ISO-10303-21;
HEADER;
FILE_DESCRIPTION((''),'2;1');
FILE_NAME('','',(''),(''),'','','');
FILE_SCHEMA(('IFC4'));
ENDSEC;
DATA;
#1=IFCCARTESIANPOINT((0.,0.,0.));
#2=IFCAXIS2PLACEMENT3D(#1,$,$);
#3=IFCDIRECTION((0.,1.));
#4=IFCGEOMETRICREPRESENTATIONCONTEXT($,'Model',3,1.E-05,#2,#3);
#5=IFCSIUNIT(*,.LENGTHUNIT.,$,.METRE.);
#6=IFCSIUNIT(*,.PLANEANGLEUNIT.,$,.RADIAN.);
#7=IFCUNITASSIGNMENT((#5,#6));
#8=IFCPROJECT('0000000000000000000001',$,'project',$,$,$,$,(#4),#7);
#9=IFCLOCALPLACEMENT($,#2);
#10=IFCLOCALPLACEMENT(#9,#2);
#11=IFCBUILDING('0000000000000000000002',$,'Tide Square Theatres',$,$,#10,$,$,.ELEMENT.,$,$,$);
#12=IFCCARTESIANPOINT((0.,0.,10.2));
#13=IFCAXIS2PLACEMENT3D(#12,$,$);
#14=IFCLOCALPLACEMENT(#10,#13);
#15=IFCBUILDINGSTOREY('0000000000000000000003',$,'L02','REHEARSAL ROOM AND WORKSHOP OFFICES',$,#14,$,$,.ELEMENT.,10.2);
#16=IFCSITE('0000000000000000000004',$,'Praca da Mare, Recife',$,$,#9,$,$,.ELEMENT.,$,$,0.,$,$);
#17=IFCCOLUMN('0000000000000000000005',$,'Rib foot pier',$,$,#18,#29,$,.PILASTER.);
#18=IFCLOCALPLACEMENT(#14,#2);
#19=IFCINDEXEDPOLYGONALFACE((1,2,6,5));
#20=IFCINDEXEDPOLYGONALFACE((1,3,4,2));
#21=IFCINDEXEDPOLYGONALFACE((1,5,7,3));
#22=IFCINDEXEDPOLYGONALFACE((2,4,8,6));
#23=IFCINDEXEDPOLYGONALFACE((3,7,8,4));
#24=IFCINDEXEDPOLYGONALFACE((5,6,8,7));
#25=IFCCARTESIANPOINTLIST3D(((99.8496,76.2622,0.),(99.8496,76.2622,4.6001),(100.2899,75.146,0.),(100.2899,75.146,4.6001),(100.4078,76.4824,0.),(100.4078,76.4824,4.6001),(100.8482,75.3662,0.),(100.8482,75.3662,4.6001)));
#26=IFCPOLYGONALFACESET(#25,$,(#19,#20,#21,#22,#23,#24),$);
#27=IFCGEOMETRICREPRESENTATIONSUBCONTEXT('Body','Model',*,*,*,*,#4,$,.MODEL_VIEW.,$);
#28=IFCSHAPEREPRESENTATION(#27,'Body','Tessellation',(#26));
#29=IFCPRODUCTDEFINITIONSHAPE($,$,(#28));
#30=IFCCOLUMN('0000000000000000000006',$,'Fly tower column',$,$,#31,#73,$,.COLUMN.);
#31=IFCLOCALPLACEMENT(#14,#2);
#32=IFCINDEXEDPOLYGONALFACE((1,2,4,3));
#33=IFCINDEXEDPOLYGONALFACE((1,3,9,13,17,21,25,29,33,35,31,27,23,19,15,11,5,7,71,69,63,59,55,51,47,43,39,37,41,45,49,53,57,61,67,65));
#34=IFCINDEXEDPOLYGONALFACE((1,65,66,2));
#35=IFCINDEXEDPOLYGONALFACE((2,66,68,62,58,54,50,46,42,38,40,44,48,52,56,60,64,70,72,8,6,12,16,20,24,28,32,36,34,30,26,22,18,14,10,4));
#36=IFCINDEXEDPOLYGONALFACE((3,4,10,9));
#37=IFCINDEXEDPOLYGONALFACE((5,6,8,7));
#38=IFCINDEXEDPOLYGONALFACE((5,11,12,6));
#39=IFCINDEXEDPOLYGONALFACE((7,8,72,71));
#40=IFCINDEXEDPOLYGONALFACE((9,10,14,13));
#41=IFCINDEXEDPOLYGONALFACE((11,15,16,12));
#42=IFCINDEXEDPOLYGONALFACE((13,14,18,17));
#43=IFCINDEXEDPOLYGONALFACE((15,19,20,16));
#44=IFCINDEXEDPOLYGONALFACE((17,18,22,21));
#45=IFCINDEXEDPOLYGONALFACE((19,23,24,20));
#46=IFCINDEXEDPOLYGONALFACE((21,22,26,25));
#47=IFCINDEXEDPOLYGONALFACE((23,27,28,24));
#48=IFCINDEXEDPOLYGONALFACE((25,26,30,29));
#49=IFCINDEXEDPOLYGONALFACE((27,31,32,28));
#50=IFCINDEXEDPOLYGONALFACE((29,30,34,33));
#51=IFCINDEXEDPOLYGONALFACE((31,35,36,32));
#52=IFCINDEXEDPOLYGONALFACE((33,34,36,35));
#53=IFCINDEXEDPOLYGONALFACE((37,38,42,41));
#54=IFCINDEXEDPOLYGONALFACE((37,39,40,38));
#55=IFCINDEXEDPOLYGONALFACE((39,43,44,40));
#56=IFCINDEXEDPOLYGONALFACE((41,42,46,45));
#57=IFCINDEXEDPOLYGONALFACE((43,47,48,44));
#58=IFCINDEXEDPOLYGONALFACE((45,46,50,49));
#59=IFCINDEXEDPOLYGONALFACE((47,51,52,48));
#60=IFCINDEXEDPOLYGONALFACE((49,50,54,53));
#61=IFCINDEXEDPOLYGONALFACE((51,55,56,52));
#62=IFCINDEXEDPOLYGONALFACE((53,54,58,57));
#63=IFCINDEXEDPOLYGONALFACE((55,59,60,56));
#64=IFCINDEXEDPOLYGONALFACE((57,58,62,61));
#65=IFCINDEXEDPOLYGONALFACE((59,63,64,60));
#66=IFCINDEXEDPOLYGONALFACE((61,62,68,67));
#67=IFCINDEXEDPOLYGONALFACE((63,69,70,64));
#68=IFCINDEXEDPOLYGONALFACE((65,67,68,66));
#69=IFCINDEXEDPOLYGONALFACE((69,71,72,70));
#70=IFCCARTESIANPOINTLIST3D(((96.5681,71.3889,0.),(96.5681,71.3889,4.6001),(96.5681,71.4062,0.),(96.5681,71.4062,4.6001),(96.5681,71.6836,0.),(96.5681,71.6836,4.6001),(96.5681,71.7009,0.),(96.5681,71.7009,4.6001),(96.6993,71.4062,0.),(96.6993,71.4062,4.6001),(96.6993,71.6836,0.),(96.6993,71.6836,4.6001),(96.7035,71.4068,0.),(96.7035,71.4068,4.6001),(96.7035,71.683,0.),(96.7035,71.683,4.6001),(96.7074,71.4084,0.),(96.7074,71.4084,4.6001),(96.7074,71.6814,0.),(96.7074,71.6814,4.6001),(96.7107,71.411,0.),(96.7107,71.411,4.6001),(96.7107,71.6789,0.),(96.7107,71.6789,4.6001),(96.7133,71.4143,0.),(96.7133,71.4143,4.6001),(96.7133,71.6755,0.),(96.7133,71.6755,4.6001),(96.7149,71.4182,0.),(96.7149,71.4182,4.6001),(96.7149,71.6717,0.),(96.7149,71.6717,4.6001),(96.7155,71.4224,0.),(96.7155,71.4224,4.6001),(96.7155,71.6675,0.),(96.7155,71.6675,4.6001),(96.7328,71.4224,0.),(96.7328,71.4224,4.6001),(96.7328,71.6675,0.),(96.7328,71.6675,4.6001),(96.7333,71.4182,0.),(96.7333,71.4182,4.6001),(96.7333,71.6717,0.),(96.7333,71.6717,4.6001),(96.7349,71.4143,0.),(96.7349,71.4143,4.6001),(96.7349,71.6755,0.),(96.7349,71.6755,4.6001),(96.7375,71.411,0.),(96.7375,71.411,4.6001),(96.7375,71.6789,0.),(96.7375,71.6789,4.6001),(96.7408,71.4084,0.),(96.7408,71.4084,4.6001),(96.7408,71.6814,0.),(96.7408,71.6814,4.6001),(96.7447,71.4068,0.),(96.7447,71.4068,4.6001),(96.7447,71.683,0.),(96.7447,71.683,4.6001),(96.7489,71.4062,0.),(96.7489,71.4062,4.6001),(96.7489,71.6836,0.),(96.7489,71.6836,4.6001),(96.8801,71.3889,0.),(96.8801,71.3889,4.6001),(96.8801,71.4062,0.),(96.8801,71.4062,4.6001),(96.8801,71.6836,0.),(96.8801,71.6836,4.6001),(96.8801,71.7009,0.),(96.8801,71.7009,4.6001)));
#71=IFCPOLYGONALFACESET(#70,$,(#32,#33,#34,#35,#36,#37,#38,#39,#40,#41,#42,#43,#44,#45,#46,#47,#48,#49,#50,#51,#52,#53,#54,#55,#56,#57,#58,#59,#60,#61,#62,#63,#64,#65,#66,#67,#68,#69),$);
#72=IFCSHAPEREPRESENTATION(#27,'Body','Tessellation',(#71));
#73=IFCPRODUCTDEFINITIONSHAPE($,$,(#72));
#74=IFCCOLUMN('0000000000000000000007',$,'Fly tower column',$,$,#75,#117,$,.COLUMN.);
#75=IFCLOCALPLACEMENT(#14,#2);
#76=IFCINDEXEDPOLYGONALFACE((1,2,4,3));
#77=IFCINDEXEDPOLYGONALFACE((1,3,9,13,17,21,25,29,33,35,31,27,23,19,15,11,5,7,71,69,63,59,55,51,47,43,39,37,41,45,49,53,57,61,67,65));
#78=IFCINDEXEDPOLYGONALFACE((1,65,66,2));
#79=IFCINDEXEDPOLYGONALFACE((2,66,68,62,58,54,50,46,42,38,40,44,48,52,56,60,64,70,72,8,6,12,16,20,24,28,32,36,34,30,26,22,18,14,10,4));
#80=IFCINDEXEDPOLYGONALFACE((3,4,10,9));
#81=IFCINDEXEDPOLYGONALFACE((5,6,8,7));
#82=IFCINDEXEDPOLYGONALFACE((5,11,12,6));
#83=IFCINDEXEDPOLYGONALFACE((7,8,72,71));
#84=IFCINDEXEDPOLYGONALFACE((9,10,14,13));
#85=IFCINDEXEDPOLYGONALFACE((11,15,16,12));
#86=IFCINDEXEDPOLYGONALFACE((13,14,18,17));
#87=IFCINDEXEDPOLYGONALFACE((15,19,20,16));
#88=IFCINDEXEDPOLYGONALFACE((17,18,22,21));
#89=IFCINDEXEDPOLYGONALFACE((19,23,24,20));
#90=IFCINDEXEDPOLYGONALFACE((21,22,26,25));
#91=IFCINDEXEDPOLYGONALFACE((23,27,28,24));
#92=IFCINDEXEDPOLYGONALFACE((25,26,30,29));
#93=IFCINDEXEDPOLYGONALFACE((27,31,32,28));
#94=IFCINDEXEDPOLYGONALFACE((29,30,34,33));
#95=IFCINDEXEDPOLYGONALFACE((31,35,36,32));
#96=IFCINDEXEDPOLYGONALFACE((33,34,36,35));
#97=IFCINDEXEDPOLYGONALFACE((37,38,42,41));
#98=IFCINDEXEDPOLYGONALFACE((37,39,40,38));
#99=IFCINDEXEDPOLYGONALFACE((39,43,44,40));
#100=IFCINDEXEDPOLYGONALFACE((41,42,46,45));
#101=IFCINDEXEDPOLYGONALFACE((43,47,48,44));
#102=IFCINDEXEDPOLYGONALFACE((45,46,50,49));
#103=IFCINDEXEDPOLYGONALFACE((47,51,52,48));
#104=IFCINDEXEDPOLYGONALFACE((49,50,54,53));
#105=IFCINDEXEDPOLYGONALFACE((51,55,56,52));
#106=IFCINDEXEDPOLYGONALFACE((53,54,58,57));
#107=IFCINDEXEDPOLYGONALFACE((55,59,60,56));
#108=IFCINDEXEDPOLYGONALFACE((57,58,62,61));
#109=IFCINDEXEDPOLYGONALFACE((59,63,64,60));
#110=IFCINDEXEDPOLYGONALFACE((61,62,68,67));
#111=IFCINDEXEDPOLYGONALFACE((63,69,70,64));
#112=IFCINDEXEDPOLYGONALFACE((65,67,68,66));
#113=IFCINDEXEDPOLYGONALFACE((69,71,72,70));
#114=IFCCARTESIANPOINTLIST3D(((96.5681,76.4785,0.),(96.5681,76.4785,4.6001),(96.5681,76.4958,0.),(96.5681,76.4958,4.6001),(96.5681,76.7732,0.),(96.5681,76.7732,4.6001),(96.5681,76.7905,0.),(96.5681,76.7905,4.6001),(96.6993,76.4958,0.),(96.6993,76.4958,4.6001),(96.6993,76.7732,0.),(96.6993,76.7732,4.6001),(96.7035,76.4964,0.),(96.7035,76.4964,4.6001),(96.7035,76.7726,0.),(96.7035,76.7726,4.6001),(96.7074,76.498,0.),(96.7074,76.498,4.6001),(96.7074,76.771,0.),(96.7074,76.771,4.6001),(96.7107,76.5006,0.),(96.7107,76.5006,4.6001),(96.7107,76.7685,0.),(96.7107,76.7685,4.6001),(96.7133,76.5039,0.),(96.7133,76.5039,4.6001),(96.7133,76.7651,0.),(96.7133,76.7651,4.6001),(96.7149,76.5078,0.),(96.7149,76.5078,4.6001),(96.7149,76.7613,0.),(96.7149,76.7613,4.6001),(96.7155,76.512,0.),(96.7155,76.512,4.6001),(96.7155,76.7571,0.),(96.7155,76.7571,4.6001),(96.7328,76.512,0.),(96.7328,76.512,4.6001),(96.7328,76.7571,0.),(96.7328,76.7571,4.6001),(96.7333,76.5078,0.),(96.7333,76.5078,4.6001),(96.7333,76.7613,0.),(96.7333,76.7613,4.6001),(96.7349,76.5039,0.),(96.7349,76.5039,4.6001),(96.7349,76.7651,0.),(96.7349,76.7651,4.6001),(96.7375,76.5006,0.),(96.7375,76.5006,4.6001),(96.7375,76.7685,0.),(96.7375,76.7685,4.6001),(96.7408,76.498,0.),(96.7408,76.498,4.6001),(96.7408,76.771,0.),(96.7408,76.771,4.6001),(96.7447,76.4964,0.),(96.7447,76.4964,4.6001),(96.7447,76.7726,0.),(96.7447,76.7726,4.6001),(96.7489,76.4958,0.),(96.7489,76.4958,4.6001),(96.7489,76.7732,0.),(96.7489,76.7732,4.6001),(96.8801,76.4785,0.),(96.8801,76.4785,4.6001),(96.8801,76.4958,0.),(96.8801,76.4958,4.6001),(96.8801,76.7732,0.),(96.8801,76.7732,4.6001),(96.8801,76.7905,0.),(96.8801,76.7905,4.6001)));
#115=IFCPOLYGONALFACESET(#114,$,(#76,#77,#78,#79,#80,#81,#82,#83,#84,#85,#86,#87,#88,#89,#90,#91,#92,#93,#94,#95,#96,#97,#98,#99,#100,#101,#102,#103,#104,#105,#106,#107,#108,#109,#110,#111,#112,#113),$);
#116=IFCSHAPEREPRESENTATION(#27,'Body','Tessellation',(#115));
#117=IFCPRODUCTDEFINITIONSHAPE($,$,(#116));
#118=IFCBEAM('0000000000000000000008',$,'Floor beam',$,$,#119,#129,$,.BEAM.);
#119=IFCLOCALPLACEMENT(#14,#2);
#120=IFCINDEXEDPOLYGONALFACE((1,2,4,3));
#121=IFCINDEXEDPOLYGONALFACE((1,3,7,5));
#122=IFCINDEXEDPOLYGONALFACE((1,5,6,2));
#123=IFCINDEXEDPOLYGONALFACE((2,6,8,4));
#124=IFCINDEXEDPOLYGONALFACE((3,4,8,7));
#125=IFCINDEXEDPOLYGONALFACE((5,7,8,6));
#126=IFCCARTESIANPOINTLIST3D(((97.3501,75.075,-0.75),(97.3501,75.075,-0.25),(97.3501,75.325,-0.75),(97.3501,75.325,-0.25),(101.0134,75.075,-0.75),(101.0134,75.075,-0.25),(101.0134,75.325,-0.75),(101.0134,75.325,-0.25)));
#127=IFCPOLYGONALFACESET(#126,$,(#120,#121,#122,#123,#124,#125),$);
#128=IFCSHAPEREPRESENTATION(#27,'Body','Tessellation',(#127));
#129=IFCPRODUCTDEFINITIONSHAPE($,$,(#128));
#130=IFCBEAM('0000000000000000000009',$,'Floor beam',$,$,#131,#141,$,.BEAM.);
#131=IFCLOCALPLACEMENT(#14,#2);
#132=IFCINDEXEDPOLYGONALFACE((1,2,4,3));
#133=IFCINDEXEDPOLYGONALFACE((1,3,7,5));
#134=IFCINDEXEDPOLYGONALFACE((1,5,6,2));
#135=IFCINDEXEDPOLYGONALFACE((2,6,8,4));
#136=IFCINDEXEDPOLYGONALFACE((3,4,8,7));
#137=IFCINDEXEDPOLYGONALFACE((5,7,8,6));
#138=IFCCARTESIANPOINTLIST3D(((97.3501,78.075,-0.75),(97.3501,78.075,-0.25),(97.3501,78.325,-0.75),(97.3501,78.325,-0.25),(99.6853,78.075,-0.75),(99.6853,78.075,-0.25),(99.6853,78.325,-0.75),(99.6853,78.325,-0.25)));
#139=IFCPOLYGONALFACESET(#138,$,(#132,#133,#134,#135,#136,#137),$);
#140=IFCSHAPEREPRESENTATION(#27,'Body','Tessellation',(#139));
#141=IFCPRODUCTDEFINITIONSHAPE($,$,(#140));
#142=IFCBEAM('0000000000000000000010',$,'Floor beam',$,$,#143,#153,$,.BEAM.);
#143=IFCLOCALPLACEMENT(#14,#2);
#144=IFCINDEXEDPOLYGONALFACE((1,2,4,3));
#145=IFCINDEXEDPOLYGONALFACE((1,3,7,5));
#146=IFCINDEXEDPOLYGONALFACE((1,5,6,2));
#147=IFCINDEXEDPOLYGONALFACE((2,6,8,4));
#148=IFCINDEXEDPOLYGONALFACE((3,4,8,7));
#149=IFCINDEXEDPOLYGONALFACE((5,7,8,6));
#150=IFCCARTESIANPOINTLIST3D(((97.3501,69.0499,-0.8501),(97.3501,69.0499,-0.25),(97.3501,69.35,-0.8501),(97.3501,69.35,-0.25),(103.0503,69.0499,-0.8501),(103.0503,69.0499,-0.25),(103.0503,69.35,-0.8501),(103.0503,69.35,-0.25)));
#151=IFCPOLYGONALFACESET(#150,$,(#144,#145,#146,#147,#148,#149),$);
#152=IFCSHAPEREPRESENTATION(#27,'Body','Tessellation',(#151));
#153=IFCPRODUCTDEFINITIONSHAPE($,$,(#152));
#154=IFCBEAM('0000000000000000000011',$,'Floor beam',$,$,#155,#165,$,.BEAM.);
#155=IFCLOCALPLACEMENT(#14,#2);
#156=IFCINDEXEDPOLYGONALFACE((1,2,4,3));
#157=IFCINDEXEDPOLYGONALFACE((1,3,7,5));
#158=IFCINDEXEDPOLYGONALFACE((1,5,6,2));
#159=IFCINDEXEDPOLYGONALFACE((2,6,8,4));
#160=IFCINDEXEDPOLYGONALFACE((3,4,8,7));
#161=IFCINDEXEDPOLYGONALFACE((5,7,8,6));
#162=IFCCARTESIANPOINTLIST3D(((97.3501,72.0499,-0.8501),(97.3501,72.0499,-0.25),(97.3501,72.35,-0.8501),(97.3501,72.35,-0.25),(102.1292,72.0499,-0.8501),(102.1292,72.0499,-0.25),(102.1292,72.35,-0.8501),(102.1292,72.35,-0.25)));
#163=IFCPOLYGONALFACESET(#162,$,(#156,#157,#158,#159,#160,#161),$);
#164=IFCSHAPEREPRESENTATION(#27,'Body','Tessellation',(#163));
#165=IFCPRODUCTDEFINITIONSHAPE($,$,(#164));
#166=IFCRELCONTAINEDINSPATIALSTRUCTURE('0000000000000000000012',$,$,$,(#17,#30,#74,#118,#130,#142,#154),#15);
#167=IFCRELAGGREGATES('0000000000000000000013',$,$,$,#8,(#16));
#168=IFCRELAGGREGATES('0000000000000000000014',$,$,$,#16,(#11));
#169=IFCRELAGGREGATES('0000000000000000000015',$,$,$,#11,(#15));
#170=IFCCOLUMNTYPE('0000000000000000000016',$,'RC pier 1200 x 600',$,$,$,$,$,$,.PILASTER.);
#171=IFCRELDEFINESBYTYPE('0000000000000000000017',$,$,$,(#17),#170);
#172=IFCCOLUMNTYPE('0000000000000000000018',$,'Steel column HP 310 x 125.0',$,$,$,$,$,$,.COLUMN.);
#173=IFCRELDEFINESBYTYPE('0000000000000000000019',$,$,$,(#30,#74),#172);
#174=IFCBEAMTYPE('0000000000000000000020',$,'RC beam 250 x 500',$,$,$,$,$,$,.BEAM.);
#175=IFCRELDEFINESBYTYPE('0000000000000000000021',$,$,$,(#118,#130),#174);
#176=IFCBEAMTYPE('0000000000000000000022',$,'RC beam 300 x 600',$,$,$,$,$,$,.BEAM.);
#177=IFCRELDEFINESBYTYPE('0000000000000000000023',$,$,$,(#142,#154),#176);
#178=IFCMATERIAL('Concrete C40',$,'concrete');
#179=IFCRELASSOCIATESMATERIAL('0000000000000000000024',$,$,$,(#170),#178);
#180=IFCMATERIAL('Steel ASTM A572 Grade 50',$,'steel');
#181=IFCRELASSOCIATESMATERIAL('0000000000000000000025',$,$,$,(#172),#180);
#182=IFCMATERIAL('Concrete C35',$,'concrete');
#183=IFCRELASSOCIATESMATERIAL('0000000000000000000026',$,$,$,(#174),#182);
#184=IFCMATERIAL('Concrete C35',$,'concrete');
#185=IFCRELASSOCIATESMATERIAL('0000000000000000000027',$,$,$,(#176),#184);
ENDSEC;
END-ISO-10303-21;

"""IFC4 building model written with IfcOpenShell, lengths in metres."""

from ifc_helpers import new_model, si_unit, direction, frame, origin, origin_2d, place, context, subcontext, project, spatial, rectangle, i_section, extrude, material, material_profile, profile_set, type_object, element, save


model = new_model("IFC4")

# Units and contexts
model_context = context("Model", 3, precision=1e-05, world=origin(), true_north=direction((0.0, 1.0)))
body_context = subcontext(model_context, "Body", "Model", "MODEL_VIEW")
ifc_project = project(units=[si_unit("LENGTHUNIT", "METRE"), si_unit("PLANEANGLEUNIT", "RADIAN")], contexts=[model_context])

# Site, building, storey
site_placement = place(None, origin())
site = spatial("IfcSite", under=ifc_project, at=site_placement, Name="Praca da Mare, Recife", CompositionType="ELEMENT", RefElevation=0.0)
building_placement = place(site_placement, origin())
building = spatial("IfcBuilding", under=site, at=building_placement, Name="Tide Square Theatres", CompositionType="ELEMENT")
storey_placement = place(building_placement, frame((0.0, 0.0, 10.2)))
storey = spatial("IfcBuildingStorey", under=building, at=storey_placement, Name="L02", Description="REHEARSAL ROOM AND WORKSHOP OFFICES", CompositionType="ELEMENT", Elevation=10.2)

# Columns
ifc_material_1 = material(Name="Concrete C40", Category="concrete")
ifc_material_profile_1 = material_profile(ifc_material_1, rectangle(XDim=1.2, YDim=0.6001, at=origin_2d()))
ifc_profile_set_1 = profile_set([ifc_material_profile_1], Name="Concrete C40")
column_type_1 = type_object("IfcColumnType", Name="RC pier 1200 x 600", PredefinedType="PILASTER", material=ifc_profile_set_1)
column_placement = place(storey_placement, frame((100.3489, 75.8142, 0.0), z_axis=(0.0, 0.0, 1.0), x_axis=(-0.366956, 0.930238, 0.0)))
element("IfcColumn", 1, at=column_placement, inside=storey, type_object=column_type_1, Name="Rib foot pier", PredefinedType="PILASTER", context=body_context, shape_type="SweptSolid", body=[
    extrude(rectangle(XDim=1.2, YDim=0.6001, at=origin_2d()), origin(), (0.0, 0.0, 1.0), 4.6001),
])
ifc_material_2 = material(Name="Steel ASTM A572 Grade 50", Category="steel")
ifc_material_profile_2 = material_profile(ifc_material_2, i_section(OverallWidth=0.312, OverallDepth=0.312, WebThickness=0.0173, FlangeThickness=0.0173, FilletRadius=0.0161, at=origin_2d()))
ifc_profile_set_2 = profile_set([ifc_material_profile_2], Name="Steel ASTM A572 Grade 50")
column_type_2 = type_object("IfcColumnType", Name="Steel column HP 310 x 125.0", PredefinedType="COLUMN", material=ifc_profile_set_2)
for number, where, z_axis, x_axis, name in (
    (2, (96.7241, 71.5449, 0.0), (0.0, 0.0, 1.0), (1.0, 0.0, 0.0), "Fly tower column"),
    (3, (96.7241, 76.6345, 0.0), (0.0, 0.0, 1.0), (1.0, 0.0, 0.0), "Fly tower column"),
):
    element("IfcColumn", number, at=place(storey_placement, frame(where, z_axis=z_axis, x_axis=x_axis)), inside=storey, type_object=column_type_2, Name=name, PredefinedType="COLUMN", context=body_context, shape_type="SweptSolid", body=[
        extrude(i_section(OverallWidth=0.312, OverallDepth=0.312, WebThickness=0.0173, FlangeThickness=0.0173, FilletRadius=0.0161, at=origin_2d()), origin(), (0.0, 0.0, 1.0), 4.6001),
    ])

# Beams
ifc_material_3 = material(Name="Concrete C35", Category="concrete")
ifc_material_profile_3 = material_profile(ifc_material_3, rectangle(XDim=0.25, YDim=0.5, at=origin_2d()))
ifc_profile_set_3 = profile_set([ifc_material_profile_3], Name="Concrete C35")
beam_type_1 = type_object("IfcBeamType", Name="RC beam 250 x 500", PredefinedType="BEAM", material=ifc_profile_set_3)
beam_1_placement = place(storey_placement, frame((97.3501, 75.2, -0.5), z_axis=(1.0, 0.0, 0.0), x_axis=(0.0, 1.0, 0.0)))
element("IfcBeam", 4, at=beam_1_placement, inside=storey, type_object=beam_type_1, Name="Floor beam", PredefinedType="BEAM", context=body_context, shape_type="SweptSolid", body=[
    extrude(rectangle(XDim=0.25, YDim=0.5, at=origin_2d()), origin(), (0.0, 0.0, 1.0), 3.6633),
])
beam_2_placement = place(storey_placement, frame((97.3501, 78.2, -0.5), z_axis=(1.0, 0.0, 0.0), x_axis=(0.0, 1.0, 0.0)))
element("IfcBeam", 5, at=beam_2_placement, inside=storey, type_object=beam_type_1, Name="Floor beam", PredefinedType="BEAM", context=body_context, shape_type="SweptSolid", body=[
    extrude(rectangle(XDim=0.25, YDim=0.5, at=origin_2d()), origin(), (0.0, 0.0, 1.0), 2.3352),
])
ifc_material_4 = material(Name="Concrete C35", Category="concrete")
ifc_material_profile_4 = material_profile(ifc_material_4, rectangle(XDim=0.3, YDim=0.6001, at=origin_2d()))
ifc_profile_set_4 = profile_set([ifc_material_profile_4], Name="Concrete C35")
beam_type_2 = type_object("IfcBeamType", Name="RC beam 300 x 600", PredefinedType="BEAM", material=ifc_profile_set_4)
beam_3_placement = place(storey_placement, frame((97.3501, 69.2, -0.55), z_axis=(1.0, 0.0, 0.0), x_axis=(0.0, 1.0, 0.0)))
element("IfcBeam", 6, at=beam_3_placement, inside=storey, type_object=beam_type_2, Name="Floor beam", PredefinedType="BEAM", context=body_context, shape_type="SweptSolid", body=[
    extrude(rectangle(XDim=0.3, YDim=0.6001, at=origin_2d()), origin(), (0.0, 0.0, 1.0), 5.7002),
])
beam_4_placement = place(storey_placement, frame((97.3501, 72.2, -0.55), z_axis=(1.0, 0.0, 0.0), x_axis=(0.0, 1.0, 0.0)))
element("IfcBeam", 7, at=beam_4_placement, inside=storey, type_object=beam_type_2, Name="Floor beam", PredefinedType="BEAM", context=body_context, shape_type="SweptSolid", body=[
    extrude(rectangle(XDim=0.3, YDim=0.6001, at=origin_2d()), origin(), (0.0, 0.0, 1.0), 4.7791),
])

save(model, "model.ifc")
